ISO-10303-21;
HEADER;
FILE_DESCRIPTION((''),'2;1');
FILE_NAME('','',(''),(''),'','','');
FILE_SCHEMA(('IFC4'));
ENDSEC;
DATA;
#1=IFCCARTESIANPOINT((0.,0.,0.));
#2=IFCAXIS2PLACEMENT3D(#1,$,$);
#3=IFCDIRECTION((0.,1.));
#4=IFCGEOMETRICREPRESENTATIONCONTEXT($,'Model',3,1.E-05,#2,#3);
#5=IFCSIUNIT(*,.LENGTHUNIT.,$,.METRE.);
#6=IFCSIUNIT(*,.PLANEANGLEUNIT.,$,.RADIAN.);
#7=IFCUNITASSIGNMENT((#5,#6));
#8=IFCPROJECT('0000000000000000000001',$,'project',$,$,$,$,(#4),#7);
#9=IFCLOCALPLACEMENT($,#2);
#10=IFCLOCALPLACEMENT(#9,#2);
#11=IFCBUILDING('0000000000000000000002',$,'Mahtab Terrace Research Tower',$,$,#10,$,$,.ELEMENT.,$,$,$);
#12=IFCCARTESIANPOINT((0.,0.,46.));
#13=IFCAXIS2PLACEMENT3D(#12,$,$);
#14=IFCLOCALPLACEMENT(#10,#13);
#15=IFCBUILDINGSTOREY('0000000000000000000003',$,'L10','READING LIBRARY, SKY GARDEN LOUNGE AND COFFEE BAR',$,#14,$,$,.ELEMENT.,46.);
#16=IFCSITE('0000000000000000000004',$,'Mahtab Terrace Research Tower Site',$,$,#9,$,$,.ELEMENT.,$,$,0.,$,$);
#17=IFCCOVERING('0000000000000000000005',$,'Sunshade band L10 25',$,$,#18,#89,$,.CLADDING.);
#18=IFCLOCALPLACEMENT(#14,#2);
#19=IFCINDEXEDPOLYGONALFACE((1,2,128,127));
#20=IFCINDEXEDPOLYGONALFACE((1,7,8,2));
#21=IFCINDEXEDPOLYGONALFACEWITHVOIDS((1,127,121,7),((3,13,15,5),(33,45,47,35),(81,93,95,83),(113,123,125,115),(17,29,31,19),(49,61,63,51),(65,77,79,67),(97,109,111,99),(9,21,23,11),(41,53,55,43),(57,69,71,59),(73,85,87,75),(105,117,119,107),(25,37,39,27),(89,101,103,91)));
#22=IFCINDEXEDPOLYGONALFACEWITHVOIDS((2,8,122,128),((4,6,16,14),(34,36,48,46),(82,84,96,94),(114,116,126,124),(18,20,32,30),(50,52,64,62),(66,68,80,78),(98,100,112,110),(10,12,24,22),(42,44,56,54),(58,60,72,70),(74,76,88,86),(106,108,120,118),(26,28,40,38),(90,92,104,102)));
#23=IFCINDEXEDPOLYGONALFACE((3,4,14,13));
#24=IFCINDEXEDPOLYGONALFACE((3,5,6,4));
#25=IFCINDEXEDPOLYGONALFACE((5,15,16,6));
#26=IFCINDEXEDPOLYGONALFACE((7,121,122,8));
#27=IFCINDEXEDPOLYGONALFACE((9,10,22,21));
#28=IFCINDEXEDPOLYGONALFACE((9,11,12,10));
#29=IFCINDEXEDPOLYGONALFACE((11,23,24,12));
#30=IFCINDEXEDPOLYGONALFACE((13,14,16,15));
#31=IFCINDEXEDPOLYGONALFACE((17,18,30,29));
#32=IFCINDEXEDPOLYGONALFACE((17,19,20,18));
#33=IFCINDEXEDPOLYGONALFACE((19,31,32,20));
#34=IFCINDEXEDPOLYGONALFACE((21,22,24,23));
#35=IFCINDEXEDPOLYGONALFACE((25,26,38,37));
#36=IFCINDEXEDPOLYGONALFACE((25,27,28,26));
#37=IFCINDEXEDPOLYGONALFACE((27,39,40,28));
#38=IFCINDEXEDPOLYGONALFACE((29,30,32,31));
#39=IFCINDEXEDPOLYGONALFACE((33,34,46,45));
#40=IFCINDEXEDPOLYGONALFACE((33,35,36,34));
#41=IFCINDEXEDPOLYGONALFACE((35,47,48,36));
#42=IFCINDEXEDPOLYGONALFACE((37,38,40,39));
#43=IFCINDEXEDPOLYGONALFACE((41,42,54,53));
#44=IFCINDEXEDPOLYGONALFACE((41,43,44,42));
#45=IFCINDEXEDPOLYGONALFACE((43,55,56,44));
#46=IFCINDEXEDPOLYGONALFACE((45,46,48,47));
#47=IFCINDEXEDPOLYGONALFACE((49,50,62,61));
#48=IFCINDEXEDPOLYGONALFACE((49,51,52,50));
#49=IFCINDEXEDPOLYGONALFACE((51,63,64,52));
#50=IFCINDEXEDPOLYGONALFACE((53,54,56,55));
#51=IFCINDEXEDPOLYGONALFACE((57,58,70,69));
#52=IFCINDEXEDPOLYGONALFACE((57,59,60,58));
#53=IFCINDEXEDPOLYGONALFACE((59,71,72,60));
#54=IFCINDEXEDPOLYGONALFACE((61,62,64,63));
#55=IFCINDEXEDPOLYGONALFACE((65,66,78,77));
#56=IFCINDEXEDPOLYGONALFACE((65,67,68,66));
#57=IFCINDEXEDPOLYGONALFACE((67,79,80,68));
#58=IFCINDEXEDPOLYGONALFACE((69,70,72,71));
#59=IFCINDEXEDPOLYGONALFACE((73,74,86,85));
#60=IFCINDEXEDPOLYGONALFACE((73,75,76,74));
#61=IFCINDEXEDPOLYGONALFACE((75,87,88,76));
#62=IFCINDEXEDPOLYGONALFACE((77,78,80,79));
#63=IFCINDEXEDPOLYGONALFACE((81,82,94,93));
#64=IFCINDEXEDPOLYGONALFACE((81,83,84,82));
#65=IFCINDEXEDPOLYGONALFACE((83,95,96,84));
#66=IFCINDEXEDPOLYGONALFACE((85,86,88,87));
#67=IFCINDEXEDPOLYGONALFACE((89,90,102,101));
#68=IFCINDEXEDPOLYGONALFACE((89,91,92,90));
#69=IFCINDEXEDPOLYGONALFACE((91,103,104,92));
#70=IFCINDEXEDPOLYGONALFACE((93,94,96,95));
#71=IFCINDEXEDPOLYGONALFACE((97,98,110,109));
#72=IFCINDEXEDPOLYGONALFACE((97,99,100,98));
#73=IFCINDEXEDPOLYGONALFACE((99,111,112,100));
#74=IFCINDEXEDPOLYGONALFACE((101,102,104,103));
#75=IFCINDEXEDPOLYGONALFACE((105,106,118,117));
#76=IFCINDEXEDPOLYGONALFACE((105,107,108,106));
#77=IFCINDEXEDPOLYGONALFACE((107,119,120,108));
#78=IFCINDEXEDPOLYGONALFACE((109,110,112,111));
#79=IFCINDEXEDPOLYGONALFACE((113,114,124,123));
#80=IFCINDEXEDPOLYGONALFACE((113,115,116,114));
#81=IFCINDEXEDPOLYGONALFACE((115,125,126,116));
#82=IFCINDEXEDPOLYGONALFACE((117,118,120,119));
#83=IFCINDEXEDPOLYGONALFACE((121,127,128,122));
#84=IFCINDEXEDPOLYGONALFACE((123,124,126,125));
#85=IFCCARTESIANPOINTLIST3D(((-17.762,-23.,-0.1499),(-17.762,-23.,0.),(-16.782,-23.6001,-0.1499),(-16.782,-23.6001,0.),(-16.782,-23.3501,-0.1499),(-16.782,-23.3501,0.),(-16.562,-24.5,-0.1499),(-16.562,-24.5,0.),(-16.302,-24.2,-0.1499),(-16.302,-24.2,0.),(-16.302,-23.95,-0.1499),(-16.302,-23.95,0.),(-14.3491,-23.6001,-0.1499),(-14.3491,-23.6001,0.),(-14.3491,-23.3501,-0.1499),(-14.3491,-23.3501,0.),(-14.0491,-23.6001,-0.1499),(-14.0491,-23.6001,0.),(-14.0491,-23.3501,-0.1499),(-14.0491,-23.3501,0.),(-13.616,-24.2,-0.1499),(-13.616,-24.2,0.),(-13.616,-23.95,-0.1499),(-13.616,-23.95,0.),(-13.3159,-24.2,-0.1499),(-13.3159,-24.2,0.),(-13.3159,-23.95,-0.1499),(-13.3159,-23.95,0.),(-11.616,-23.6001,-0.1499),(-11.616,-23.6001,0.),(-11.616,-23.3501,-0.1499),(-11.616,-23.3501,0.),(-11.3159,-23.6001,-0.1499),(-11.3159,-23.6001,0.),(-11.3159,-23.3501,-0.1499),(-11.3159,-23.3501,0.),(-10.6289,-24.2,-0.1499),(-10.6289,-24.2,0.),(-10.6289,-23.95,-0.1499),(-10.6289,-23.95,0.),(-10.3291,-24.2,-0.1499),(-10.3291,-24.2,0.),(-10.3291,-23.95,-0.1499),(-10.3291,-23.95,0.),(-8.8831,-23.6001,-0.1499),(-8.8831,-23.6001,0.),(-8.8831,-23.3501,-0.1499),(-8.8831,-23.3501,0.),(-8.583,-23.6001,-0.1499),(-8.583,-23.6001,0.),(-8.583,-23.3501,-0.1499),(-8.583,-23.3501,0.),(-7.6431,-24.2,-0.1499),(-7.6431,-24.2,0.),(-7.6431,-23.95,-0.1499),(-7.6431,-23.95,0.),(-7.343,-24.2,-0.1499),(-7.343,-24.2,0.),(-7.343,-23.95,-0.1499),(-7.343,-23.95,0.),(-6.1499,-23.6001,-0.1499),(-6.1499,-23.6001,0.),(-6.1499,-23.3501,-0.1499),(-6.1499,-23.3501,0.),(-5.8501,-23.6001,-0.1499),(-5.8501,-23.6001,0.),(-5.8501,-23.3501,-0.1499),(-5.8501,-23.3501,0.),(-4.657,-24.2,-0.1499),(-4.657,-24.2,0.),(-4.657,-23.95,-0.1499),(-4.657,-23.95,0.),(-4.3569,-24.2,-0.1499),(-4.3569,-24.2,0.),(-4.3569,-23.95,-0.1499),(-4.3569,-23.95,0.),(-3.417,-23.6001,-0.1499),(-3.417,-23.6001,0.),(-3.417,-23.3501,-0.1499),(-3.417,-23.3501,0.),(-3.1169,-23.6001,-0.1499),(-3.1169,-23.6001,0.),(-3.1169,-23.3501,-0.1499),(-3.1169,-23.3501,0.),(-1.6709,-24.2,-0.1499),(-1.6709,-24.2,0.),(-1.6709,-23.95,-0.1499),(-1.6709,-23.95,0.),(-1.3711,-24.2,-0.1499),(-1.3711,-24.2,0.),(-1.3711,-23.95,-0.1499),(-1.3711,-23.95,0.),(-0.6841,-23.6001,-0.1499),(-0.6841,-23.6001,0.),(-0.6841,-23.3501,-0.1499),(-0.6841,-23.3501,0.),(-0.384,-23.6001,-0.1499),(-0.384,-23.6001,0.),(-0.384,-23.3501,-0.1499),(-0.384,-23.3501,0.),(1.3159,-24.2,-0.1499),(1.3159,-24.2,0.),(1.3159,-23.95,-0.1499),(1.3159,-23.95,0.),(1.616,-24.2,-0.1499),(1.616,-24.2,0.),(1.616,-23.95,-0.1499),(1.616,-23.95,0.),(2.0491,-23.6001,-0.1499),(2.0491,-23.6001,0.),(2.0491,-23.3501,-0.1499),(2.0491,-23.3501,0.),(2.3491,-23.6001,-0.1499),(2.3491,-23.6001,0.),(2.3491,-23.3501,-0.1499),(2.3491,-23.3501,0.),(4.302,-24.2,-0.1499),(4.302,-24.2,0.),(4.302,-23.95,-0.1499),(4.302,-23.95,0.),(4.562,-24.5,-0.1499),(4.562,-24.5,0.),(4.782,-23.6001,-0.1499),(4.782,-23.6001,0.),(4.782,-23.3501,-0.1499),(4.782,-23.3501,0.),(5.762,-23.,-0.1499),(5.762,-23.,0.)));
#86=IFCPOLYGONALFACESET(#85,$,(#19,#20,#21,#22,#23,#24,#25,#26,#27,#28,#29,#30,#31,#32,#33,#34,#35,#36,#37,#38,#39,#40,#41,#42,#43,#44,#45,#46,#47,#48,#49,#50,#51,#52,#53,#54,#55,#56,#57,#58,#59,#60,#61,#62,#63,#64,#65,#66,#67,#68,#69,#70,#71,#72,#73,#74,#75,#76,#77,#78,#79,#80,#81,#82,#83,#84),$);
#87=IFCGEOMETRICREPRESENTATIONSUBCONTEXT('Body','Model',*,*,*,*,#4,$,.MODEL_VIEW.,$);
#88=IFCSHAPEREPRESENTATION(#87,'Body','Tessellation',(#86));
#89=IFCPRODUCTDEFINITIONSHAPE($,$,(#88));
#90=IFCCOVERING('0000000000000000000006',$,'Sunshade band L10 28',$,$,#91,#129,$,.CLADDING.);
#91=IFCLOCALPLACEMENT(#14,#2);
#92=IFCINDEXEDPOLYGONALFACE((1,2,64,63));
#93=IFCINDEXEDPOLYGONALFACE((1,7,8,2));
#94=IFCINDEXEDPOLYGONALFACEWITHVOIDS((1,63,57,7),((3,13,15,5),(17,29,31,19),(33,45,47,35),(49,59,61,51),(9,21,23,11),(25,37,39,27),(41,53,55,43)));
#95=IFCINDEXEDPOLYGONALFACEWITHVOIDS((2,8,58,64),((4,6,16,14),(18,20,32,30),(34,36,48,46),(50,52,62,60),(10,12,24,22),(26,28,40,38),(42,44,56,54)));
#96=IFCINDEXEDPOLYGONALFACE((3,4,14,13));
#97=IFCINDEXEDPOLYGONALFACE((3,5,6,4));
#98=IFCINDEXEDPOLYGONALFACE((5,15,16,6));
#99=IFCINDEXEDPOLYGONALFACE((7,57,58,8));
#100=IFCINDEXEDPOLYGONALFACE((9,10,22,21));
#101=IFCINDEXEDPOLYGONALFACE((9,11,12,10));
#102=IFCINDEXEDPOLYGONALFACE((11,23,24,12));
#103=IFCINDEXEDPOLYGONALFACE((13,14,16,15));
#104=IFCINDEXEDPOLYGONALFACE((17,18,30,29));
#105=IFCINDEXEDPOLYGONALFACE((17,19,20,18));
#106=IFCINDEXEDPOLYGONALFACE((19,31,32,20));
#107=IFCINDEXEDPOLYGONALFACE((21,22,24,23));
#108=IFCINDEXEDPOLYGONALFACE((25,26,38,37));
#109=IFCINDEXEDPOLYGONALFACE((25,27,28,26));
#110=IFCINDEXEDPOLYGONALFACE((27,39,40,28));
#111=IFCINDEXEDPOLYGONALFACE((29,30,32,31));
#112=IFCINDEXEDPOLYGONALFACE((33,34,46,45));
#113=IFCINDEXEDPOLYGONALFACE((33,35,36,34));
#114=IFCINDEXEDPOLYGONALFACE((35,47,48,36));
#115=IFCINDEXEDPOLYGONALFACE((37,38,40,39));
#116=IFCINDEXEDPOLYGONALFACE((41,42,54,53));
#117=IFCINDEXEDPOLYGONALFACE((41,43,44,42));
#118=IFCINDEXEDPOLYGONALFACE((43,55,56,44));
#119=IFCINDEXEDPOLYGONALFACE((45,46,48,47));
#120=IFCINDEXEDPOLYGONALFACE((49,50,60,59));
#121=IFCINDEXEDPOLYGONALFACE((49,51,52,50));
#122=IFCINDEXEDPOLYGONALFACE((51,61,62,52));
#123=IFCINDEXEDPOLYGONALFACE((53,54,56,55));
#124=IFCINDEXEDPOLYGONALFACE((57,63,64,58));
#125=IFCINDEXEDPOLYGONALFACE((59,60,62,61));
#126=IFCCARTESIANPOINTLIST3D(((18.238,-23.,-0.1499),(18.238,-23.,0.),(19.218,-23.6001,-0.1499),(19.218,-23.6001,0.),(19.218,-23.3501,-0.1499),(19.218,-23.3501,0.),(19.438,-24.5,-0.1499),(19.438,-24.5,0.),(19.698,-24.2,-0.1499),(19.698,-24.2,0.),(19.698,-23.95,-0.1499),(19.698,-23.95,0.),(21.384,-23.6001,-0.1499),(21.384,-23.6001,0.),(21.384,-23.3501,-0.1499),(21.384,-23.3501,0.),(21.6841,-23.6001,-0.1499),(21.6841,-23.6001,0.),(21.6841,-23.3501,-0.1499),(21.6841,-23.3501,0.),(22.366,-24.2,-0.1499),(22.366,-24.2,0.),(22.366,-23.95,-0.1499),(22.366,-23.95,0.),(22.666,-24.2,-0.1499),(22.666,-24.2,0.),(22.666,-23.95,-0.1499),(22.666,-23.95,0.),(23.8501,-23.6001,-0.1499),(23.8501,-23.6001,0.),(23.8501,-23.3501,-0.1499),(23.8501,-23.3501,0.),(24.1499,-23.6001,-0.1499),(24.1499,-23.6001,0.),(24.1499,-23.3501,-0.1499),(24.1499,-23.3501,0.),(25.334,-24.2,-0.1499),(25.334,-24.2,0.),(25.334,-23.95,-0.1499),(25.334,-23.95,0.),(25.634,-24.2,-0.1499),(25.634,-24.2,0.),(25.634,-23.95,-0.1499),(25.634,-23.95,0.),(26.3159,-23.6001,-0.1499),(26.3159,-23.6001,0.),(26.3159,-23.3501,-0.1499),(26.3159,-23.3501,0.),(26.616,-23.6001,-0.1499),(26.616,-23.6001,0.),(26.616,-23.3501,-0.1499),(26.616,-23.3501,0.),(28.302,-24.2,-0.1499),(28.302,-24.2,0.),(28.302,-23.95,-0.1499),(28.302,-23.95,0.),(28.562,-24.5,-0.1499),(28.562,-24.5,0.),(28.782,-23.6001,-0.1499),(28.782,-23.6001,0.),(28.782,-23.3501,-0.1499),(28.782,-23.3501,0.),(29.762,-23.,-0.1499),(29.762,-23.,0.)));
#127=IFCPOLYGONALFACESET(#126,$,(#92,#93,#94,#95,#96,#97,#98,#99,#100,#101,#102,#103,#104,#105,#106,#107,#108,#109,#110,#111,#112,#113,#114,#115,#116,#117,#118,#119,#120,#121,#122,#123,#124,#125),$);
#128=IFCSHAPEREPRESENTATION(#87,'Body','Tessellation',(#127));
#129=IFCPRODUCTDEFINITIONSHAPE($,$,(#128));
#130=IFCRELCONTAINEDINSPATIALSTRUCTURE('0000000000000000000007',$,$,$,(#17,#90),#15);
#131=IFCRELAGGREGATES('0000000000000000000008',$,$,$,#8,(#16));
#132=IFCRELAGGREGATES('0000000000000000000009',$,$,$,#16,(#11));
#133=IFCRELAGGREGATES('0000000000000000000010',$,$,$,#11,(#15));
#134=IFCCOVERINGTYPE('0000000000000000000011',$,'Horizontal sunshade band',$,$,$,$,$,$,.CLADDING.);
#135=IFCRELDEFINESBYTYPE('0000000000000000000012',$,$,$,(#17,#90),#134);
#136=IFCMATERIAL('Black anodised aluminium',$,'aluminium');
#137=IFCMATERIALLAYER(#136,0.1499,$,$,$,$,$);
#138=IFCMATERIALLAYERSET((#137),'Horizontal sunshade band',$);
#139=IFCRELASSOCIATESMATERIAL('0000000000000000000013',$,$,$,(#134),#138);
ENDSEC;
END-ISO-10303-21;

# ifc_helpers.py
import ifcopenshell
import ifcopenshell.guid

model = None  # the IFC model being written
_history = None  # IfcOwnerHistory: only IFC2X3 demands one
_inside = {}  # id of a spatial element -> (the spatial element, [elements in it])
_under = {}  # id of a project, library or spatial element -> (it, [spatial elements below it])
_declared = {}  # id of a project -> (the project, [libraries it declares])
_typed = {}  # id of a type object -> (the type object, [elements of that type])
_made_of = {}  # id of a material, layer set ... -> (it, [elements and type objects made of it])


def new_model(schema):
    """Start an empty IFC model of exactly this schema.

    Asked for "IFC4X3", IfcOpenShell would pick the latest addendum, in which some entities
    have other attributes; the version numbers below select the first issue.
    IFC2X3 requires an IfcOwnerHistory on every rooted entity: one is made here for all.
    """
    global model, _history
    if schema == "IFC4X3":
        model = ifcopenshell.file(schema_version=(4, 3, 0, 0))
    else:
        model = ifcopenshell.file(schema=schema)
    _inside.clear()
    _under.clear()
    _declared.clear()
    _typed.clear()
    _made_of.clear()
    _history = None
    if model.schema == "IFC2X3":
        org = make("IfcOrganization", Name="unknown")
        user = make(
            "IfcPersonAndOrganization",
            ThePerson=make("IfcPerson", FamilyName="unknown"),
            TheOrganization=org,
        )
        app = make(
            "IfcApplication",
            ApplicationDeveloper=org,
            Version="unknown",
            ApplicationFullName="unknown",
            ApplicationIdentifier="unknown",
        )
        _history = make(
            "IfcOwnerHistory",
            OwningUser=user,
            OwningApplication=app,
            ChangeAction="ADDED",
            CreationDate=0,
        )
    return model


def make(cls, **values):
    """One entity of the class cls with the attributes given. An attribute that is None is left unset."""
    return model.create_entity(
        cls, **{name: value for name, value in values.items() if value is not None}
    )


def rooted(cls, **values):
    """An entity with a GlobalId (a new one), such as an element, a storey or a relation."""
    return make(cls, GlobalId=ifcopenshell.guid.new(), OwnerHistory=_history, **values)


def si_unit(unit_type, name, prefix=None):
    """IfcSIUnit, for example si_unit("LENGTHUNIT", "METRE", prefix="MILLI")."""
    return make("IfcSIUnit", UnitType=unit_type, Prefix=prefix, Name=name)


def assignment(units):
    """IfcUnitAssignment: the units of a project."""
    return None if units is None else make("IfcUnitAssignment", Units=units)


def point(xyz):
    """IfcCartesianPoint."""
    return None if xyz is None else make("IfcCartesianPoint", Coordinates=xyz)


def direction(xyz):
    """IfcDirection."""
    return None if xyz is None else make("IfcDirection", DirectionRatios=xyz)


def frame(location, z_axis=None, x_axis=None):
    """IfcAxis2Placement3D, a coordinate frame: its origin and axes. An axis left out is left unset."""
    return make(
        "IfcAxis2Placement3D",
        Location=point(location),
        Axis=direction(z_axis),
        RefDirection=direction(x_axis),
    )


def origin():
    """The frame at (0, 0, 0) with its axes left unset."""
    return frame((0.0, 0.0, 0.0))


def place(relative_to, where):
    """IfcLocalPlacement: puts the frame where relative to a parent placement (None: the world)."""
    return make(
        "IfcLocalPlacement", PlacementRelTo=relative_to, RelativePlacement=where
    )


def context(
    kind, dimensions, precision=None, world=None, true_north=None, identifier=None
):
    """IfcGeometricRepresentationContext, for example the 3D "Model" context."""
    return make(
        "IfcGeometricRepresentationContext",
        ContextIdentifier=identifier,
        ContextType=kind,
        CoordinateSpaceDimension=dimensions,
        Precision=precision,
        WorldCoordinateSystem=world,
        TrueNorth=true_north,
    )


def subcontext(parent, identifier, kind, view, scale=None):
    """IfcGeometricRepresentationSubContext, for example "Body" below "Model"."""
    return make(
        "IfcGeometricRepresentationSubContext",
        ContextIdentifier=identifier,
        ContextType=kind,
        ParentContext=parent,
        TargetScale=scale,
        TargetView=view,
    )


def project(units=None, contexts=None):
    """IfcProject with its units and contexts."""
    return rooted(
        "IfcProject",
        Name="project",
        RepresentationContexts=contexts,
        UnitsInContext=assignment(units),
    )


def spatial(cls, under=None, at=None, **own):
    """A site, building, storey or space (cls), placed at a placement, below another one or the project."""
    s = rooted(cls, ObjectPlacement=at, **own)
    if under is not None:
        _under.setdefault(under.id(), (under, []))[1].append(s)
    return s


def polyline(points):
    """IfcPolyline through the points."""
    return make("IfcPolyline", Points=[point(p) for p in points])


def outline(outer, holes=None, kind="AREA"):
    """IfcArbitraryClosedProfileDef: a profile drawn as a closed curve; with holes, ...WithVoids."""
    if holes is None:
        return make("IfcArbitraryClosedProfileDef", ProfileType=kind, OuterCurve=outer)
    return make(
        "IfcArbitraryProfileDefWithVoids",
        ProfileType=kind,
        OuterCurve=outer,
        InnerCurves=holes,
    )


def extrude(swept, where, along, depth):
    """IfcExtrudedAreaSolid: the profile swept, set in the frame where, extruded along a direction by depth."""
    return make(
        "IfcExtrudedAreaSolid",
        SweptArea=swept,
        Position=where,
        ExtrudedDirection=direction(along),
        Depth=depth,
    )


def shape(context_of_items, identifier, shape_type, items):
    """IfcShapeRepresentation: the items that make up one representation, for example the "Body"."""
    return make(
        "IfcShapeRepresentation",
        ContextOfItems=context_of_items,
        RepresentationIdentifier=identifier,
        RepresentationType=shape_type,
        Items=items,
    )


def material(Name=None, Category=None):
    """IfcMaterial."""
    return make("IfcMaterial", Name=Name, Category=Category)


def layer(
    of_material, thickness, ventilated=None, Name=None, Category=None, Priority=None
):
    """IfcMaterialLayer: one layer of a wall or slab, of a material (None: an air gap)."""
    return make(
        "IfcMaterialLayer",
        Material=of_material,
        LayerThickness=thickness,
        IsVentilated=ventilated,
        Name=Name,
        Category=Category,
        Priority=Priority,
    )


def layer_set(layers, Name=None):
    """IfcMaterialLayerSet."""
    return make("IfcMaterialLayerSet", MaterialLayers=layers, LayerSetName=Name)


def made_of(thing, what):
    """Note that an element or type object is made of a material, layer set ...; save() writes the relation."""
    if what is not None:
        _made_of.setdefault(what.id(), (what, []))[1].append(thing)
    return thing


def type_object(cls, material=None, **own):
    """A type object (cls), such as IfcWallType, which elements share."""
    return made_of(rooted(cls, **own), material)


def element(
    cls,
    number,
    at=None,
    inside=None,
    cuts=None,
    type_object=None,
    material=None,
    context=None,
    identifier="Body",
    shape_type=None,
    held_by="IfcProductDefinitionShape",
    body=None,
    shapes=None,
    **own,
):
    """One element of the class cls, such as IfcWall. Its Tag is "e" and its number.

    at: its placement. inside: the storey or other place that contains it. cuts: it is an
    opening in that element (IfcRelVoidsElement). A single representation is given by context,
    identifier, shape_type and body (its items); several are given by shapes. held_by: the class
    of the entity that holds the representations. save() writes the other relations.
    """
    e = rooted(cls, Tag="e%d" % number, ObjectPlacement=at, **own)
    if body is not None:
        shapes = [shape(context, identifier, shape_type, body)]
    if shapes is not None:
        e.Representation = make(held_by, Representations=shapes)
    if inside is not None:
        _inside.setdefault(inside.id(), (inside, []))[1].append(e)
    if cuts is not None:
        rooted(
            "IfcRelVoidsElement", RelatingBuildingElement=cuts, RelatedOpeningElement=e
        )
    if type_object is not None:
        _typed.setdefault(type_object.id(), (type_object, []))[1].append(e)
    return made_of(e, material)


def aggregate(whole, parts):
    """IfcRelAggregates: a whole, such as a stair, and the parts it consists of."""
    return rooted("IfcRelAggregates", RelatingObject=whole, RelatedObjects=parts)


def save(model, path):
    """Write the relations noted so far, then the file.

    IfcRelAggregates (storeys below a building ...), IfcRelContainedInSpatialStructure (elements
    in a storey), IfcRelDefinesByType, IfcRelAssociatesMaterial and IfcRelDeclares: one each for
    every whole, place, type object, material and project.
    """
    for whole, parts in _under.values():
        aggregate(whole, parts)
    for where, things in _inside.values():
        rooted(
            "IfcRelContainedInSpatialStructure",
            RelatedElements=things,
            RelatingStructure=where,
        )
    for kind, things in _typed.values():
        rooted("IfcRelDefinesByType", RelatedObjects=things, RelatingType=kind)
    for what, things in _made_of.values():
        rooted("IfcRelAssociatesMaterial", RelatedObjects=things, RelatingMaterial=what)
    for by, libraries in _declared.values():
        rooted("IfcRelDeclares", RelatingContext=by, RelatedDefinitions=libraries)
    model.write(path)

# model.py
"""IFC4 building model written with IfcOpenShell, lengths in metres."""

from ifc_helpers import new_model, si_unit, direction, frame, origin, place, context, subcontext, project, spatial, polyline, outline, extrude, material, layer, layer_set, type_object, element, save


model = new_model("IFC4")

# Units and contexts
model_context = context("Model", 3, precision=1e-05, world=origin(), true_north=direction((0.0, 1.0)))
body_context = subcontext(model_context, "Body", "Model", "MODEL_VIEW")
ifc_project = project(units=[si_unit("LENGTHUNIT", "METRE"), si_unit("PLANEANGLEUNIT", "RADIAN")], contexts=[model_context])

# Site, building, storey
site_placement = place(None, origin())
site = spatial("IfcSite", under=ifc_project, at=site_placement, Name="Mahtab Terrace Research Tower Site", CompositionType="ELEMENT", RefElevation=0.0)
building_placement = place(site_placement, origin())
building = spatial("IfcBuilding", under=site, at=building_placement, Name="Mahtab Terrace Research Tower", CompositionType="ELEMENT")
storey_placement = place(building_placement, frame((0.0, 0.0, 46.0)))
storey = spatial("IfcBuildingStorey", under=building, at=storey_placement, Name="L10", Description="READING LIBRARY, SKY GARDEN LOUNGE AND COFFEE BAR", CompositionType="ELEMENT", Elevation=46.0)

# Coverings
ifc_material_1 = material(Name="Black anodised aluminium", Category="aluminium")
ifc_layer_1 = layer(ifc_material_1, 0.1499)
ifc_layer_set_1 = layer_set([ifc_layer_1], Name="Horizontal sunshade band")
covering_type = type_object("IfcCoveringType", Name="Horizontal sunshade band", PredefinedType="CLADDING", material=ifc_layer_set_1)
covering_1_placement = place(storey_placement, frame((0.0, 0.0, -0.1499)))
element("IfcCovering", 1, at=covering_1_placement, inside=storey, type_object=covering_type, Name="Sunshade band L10 25", PredefinedType="CLADDING", context=body_context, shape_type="SweptSolid", body=[
    extrude(outline(polyline([(-17.762, -23.0), (5.762, -23.0), (4.562, -24.5), (-16.562, -24.5), (-17.762, -23.0)]), holes=[polyline([(-16.782, -23.3501), (-14.3491, -23.3501), (-14.3491, -23.6001), (-16.782, -23.6001), (-16.782, -23.3501)]), polyline([(-14.0491, -23.3501), (-11.616, -23.3501), (-11.616, -23.6001), (-14.0491, -23.6001), (-14.0491, -23.3501)]), polyline([(-11.3159, -23.3501), (-8.8831, -23.3501), (-8.8831, -23.6001), (-11.3159, -23.6001), (-11.3159, -23.3501)]), polyline([(-8.583, -23.3501), (-6.1499, -23.3501), (-6.1499, -23.6001), (-8.583, -23.6001), (-8.583, -23.3501)]), polyline([(-5.8501, -23.3501), (-3.417, -23.3501), (-3.417, -23.6001), (-5.8501, -23.6001), (-5.8501, -23.3501)]), polyline([(-3.1169, -23.3501), (-0.6841, -23.3501), (-0.6841, -23.6001), (-3.1169, -23.6001), (-3.1169, -23.3501)]), polyline([(-0.384, -23.3501), (2.0491, -23.3501), (2.0491, -23.6001), (-0.384, -23.6001), (-0.384, -23.3501)]), polyline([(2.3491, -23.3501), (4.782, -23.3501), (4.782, -23.6001), (2.3491, -23.6001), (2.3491, -23.3501)]), polyline([(-16.302, -23.95), (-13.616, -23.95), (-13.616, -24.2), (-16.302, -24.2), (-16.302, -23.95)]), polyline([(-13.3159, -23.95), (-10.6289, -23.95), (-10.6289, -24.2), (-13.3159, -24.2), (-13.3159, -23.95)]), polyline([(-10.3291, -23.95), (-7.6431, -23.95), (-7.6431, -24.2), (-10.3291, -24.2), (-10.3291, -23.95)]), polyline([(-7.343, -23.95), (-4.657, -23.95), (-4.657, -24.2), (-7.343, -24.2), (-7.343, -23.95)]), polyline([(-4.3569, -23.95), (-1.6709, -23.95), (-1.6709, -24.2), (-4.3569, -24.2), (-4.3569, -23.95)]), polyline([(-1.3711, -23.95), (1.3159, -23.95), (1.3159, -24.2), (-1.3711, -24.2), (-1.3711, -23.95)]), polyline([(1.616, -23.95), (4.302, -23.95), (4.302, -24.2), (1.616, -24.2), (1.616, -23.95)])]), origin(), (0.0, 0.0, 1.0), 0.1499),
])
covering_2_placement = place(storey_placement, frame((0.0, 0.0, -0.1499)))
element("IfcCovering", 2, at=covering_2_placement, inside=storey, type_object=covering_type, Name="Sunshade band L10 28", PredefinedType="CLADDING", context=body_context, shape_type="SweptSolid", body=[
    extrude(outline(polyline([(18.238, -23.0), (29.762, -23.0), (28.562, -24.5), (19.438, -24.5), (18.238, -23.0)]), holes=[polyline([(19.218, -23.3501), (21.384, -23.3501), (21.384, -23.6001), (19.218, -23.6001), (19.218, -23.3501)]), polyline([(21.6841, -23.3501), (23.8501, -23.3501), (23.8501, -23.6001), (21.6841, -23.6001), (21.6841, -23.3501)]), polyline([(24.1499, -23.3501), (26.3159, -23.3501), (26.3159, -23.6001), (24.1499, -23.6001), (24.1499, -23.3501)]), polyline([(26.616, -23.3501), (28.782, -23.3501), (28.782, -23.6001), (26.616, -23.6001), (26.616, -23.3501)]), polyline([(19.698, -23.95), (22.366, -23.95), (22.366, -24.2), (19.698, -24.2), (19.698, -23.95)]), polyline([(22.666, -23.95), (25.334, -23.95), (25.334, -24.2), (22.666, -24.2), (22.666, -23.95)]), polyline([(25.634, -23.95), (28.302, -23.95), (28.302, -24.2), (25.634, -24.2), (25.634, -23.95)])]), origin(), (0.0, 0.0, 1.0), 0.1499),
])

save(model, "model.ifc")
